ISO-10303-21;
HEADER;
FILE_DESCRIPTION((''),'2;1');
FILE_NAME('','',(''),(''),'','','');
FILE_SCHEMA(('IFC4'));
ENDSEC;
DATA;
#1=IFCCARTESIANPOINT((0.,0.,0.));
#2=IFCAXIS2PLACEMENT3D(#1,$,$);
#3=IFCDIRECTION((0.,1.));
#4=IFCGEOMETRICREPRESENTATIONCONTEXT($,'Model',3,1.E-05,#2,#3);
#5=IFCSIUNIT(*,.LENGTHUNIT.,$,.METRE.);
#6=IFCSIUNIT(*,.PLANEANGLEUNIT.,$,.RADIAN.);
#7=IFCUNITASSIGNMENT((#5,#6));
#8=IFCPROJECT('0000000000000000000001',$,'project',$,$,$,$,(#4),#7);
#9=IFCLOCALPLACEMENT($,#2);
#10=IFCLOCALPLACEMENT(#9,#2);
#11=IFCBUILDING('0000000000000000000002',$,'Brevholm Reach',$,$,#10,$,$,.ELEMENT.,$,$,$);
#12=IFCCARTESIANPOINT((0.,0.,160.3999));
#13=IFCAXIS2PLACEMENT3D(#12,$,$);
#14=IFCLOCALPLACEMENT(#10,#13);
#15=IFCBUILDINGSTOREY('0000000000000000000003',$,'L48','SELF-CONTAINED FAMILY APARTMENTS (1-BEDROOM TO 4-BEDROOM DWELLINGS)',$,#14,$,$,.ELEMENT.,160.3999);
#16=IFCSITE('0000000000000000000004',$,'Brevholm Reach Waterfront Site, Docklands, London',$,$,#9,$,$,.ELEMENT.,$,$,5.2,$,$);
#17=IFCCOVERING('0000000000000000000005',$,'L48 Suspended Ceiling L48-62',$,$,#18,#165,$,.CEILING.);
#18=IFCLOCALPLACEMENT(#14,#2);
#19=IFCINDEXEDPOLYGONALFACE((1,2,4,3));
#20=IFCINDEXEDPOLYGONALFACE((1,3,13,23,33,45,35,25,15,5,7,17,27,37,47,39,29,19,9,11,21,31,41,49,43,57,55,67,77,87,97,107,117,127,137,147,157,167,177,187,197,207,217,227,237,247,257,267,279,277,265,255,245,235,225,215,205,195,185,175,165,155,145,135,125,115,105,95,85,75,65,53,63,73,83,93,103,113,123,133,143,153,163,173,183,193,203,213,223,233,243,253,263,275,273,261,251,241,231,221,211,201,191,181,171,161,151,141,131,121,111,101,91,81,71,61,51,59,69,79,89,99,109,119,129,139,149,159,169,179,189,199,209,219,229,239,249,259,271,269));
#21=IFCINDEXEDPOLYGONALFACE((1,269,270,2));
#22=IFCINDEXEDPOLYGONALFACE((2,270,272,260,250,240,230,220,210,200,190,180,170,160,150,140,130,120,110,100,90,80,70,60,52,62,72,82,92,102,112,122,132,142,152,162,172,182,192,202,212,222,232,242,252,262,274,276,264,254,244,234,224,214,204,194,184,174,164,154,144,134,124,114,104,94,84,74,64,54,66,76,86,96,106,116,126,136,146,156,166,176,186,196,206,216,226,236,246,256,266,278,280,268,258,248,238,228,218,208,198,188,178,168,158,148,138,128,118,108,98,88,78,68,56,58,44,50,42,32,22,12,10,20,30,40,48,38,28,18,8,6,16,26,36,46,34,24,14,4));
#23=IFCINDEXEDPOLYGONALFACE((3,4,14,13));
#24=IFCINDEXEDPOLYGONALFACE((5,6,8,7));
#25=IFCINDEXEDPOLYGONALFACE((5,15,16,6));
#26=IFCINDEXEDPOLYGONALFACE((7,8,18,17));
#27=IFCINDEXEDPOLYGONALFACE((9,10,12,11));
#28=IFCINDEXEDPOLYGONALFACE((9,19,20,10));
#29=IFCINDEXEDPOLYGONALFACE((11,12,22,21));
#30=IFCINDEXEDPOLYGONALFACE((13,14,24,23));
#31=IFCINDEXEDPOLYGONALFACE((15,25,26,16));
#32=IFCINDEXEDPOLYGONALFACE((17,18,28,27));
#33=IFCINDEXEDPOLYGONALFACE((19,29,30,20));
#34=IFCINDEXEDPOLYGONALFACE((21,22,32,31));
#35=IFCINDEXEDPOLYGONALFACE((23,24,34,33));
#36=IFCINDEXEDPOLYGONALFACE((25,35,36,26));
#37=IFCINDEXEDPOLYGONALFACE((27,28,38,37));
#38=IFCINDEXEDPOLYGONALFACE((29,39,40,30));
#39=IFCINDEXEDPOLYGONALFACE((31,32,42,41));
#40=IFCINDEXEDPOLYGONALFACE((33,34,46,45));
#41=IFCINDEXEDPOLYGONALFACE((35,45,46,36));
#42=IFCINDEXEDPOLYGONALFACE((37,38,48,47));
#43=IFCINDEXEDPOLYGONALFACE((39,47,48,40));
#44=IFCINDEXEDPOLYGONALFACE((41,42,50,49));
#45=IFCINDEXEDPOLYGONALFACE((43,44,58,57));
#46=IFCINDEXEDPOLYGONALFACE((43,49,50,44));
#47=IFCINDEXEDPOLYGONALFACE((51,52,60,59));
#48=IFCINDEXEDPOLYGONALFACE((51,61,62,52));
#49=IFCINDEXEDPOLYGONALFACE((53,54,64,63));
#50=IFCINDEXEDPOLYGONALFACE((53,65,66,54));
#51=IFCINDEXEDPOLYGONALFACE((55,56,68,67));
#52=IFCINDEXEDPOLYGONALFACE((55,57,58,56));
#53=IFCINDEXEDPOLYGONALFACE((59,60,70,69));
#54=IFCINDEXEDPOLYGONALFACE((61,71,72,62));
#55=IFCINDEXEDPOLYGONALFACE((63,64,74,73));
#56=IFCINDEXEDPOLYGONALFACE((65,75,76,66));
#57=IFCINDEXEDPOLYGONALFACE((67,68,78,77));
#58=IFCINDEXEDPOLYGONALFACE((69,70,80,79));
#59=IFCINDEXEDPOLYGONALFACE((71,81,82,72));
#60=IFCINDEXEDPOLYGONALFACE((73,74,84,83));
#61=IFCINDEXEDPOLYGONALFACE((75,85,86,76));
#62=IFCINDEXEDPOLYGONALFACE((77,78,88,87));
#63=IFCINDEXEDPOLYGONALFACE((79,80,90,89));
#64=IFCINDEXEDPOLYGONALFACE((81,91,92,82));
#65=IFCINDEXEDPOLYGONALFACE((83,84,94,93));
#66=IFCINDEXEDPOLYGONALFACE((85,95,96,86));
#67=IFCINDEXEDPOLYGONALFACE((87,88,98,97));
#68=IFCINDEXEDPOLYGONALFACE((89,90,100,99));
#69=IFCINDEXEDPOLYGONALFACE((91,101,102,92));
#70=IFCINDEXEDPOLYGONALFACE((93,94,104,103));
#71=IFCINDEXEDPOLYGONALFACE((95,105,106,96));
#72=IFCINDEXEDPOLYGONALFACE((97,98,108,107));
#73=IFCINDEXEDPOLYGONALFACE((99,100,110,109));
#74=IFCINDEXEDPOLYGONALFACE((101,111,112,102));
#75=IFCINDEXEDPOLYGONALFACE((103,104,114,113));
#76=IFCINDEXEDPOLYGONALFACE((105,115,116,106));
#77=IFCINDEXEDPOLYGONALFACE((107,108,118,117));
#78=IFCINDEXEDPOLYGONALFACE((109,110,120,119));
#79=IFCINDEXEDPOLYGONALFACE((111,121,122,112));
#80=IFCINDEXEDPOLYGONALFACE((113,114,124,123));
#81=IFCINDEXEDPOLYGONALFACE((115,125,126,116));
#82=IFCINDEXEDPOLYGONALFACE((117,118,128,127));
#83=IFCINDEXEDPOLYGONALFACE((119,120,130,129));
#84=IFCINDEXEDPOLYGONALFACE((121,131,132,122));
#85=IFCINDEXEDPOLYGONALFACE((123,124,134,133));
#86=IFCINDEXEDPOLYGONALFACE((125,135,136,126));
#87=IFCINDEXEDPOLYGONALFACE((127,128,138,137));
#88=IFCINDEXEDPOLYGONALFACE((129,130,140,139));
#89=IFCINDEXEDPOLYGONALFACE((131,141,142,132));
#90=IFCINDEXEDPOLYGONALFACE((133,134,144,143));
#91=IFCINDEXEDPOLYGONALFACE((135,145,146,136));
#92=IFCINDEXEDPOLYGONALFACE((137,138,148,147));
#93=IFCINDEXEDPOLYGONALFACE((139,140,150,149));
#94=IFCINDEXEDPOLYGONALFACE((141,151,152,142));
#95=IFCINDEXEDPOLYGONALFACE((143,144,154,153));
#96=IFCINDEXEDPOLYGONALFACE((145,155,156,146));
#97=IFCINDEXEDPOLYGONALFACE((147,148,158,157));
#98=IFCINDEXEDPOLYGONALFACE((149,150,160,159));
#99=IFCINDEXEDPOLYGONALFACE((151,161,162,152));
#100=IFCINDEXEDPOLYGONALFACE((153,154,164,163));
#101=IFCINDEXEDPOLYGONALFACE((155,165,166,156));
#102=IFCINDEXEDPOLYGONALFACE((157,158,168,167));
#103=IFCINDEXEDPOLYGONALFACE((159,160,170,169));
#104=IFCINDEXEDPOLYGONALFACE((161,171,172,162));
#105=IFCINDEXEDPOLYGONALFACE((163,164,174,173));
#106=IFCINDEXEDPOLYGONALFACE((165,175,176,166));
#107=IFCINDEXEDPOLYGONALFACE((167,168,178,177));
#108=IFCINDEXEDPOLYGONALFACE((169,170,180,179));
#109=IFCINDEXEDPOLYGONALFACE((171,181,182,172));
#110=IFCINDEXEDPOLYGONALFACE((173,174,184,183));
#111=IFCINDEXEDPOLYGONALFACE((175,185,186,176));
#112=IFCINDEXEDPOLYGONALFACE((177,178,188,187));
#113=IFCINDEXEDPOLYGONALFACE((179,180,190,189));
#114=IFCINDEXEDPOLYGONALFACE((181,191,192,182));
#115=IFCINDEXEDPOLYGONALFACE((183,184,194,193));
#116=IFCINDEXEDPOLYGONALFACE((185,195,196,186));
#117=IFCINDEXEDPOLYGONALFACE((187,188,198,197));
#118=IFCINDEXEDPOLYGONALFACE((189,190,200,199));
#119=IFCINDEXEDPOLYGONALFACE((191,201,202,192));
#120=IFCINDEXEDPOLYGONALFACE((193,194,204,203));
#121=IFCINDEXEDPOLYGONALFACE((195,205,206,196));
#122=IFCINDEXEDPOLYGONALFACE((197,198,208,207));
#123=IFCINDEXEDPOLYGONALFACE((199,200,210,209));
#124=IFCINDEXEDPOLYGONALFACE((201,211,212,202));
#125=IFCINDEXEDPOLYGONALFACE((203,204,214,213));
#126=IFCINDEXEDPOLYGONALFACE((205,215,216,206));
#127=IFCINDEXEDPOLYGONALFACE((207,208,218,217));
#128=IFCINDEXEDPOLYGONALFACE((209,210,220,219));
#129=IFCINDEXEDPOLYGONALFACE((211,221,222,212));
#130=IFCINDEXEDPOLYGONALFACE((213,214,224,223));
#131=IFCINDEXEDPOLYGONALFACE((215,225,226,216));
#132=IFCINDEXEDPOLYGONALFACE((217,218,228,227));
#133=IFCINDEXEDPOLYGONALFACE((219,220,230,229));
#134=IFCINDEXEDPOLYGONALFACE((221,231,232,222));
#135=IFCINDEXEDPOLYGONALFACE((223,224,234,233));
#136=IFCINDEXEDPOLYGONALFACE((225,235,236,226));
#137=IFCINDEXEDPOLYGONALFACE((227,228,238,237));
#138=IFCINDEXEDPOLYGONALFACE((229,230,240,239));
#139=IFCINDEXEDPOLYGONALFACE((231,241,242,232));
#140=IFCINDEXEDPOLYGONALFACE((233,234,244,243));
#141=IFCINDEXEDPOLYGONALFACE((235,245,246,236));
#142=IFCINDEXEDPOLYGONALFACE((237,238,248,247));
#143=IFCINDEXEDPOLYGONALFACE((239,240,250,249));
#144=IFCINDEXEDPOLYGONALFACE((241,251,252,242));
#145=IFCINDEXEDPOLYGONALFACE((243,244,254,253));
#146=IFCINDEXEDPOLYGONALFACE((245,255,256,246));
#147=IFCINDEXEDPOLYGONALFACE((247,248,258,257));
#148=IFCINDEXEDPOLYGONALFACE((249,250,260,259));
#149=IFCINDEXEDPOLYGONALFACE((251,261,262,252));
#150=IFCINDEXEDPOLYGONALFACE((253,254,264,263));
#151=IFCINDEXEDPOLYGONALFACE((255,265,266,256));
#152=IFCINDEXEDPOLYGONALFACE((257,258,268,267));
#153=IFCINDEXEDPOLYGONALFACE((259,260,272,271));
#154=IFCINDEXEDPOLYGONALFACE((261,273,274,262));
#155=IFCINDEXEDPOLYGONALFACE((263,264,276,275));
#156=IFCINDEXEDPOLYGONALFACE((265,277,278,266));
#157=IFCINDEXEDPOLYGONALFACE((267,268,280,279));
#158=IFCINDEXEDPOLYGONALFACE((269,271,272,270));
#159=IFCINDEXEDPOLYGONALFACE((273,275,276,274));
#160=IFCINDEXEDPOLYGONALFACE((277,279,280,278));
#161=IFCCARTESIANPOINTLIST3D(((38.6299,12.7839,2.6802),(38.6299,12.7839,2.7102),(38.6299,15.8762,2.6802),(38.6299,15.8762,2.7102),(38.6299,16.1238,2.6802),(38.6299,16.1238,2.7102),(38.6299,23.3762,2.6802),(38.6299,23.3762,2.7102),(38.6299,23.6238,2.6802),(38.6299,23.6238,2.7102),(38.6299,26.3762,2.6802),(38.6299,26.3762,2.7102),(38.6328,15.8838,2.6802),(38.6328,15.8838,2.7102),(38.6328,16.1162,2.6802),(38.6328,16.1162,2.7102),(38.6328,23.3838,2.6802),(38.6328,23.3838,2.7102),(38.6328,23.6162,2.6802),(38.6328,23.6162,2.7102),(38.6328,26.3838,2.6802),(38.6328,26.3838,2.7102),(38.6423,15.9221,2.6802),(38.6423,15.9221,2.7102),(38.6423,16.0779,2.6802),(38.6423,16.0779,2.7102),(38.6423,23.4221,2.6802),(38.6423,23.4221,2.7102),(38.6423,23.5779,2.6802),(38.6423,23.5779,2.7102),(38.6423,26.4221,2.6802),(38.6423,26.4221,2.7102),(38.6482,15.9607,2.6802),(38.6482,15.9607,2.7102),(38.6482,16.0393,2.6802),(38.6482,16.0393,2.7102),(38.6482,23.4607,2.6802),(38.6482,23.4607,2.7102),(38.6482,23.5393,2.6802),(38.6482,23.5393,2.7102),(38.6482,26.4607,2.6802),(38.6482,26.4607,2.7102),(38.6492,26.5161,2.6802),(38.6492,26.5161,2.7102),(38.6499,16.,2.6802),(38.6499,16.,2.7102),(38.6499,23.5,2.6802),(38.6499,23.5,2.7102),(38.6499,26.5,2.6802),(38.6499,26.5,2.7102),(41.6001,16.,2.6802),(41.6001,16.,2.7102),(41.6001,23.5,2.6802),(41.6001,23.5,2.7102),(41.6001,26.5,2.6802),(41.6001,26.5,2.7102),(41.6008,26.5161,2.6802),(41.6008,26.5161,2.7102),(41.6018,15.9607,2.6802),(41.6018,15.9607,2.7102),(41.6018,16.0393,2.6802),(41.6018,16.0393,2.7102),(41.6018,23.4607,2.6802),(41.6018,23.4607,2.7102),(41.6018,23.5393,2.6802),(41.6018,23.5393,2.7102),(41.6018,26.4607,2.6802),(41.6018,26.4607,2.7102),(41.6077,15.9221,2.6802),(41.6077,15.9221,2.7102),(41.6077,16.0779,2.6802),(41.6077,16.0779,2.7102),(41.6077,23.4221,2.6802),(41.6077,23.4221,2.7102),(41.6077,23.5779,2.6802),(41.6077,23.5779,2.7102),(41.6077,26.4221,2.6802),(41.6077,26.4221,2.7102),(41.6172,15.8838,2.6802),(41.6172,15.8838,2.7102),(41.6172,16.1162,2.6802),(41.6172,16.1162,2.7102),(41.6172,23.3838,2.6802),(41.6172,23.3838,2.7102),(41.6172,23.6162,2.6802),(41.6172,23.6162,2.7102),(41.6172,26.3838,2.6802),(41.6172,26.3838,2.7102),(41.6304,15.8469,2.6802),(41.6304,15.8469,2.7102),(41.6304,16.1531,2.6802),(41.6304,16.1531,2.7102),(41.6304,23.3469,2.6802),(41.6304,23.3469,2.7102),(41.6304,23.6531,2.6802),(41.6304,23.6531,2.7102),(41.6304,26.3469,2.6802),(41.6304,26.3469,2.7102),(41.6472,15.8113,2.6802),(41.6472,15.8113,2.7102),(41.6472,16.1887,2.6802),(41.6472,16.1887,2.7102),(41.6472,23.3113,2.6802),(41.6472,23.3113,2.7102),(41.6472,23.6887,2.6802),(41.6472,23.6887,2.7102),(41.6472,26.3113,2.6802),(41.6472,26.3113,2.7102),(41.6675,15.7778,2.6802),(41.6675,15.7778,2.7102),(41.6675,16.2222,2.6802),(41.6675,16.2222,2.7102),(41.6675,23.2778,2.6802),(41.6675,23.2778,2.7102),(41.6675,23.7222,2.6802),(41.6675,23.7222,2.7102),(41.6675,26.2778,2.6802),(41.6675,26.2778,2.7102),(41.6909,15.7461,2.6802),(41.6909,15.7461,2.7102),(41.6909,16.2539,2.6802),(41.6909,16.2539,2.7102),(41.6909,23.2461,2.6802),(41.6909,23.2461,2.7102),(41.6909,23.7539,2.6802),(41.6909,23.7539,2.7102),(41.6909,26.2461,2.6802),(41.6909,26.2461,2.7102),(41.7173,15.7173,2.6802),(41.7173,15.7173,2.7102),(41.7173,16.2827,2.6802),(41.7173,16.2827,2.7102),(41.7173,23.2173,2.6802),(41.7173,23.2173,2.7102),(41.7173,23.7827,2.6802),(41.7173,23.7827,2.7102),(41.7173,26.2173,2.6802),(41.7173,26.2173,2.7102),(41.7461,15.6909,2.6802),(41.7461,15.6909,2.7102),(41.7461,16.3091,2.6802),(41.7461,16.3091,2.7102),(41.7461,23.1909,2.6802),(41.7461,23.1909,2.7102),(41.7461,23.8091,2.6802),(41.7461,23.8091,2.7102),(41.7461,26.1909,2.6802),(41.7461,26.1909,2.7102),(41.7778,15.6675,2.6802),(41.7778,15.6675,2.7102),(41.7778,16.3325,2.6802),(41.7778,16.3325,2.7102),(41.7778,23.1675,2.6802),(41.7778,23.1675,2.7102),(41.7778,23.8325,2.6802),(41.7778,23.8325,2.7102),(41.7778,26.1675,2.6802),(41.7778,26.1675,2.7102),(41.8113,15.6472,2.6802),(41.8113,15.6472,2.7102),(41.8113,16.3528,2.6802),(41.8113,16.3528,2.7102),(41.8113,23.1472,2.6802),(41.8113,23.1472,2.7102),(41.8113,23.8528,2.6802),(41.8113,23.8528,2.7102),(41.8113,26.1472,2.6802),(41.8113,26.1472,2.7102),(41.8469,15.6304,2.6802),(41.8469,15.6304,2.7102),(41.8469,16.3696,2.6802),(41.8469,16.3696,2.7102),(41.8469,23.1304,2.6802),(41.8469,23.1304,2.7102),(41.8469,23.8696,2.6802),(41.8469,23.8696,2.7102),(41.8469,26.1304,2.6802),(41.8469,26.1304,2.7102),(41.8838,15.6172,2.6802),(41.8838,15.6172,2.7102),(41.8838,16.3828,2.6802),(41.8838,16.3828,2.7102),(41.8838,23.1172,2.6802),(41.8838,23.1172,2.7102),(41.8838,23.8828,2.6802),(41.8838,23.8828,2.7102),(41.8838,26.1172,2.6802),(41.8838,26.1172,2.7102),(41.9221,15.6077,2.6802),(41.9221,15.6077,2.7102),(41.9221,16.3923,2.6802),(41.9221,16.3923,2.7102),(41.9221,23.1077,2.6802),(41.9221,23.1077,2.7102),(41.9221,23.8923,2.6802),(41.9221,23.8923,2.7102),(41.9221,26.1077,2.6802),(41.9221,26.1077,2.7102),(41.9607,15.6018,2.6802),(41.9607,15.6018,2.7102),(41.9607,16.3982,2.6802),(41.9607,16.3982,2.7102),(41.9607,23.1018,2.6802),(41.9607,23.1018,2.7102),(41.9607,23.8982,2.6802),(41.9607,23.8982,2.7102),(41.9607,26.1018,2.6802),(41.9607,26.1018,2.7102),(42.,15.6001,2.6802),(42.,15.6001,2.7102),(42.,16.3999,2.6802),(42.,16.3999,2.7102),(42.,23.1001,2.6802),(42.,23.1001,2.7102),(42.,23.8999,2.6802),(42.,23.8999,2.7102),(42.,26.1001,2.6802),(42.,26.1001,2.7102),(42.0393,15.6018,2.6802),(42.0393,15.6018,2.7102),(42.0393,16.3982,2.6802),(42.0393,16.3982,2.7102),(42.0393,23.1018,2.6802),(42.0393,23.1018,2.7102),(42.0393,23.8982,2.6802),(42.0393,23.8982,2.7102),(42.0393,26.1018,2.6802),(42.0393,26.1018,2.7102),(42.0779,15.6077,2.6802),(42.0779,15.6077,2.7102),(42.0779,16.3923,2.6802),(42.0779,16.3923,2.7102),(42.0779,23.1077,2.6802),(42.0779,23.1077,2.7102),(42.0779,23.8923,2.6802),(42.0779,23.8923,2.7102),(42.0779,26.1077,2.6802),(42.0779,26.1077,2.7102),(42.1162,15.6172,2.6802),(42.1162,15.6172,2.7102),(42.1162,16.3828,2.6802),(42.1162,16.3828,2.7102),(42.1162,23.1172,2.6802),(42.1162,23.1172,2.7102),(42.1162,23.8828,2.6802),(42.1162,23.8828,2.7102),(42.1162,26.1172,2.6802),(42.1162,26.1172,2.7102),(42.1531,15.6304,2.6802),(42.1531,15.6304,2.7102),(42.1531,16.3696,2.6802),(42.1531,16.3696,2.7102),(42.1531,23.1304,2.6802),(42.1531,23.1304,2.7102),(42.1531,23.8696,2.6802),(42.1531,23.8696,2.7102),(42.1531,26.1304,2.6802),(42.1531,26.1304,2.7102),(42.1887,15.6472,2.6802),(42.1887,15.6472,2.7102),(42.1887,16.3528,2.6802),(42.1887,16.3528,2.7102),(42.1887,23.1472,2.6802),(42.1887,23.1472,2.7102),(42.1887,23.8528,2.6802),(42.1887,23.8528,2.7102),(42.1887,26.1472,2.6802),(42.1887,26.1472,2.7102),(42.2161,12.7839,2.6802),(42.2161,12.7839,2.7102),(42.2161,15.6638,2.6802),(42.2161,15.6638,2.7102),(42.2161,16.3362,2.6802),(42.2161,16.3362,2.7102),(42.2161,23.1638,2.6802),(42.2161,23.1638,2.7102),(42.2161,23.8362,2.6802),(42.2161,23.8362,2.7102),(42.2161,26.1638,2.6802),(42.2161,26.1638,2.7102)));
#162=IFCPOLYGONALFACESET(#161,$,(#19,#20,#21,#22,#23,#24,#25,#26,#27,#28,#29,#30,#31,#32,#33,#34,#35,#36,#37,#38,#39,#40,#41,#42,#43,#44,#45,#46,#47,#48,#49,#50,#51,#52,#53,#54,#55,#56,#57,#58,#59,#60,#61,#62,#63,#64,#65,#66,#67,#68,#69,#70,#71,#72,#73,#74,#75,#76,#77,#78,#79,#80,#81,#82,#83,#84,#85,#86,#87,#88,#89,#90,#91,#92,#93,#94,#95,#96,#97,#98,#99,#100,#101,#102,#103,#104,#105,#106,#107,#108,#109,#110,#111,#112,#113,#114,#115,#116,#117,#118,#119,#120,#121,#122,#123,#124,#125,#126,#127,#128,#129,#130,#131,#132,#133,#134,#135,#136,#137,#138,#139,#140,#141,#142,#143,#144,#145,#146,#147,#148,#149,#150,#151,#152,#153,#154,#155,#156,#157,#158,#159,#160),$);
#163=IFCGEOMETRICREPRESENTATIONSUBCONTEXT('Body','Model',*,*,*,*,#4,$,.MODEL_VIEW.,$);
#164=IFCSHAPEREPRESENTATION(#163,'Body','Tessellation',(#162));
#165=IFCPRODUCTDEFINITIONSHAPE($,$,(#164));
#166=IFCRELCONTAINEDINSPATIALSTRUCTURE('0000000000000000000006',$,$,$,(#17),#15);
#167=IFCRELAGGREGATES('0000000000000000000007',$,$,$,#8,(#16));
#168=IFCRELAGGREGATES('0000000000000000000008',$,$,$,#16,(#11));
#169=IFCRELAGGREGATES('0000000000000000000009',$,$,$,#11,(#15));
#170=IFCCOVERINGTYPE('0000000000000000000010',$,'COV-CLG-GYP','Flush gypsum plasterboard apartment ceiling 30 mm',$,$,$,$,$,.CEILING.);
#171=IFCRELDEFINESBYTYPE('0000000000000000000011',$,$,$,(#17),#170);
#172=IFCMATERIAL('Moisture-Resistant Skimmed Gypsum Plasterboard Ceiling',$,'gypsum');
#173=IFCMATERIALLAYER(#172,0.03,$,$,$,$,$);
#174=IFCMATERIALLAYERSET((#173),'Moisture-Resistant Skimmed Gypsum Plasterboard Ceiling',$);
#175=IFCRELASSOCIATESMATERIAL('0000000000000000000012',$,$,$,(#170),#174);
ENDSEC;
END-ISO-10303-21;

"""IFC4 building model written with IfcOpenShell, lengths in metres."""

from ifc_helpers import new_model, si_unit, direction, frame, origin, place, context, subcontext, project, spatial, polyline, outline, extrude, material, layer, layer_set, type_object, element, save


model = new_model("IFC4")

# Units and contexts
model_context = context("Model", 3, precision=1e-05, world=origin(), true_north=direction((0.0, 1.0)))
body_context = subcontext(model_context, "Body", "Model", "MODEL_VIEW")
ifc_project = project(units=[si_unit("LENGTHUNIT", "METRE"), si_unit("PLANEANGLEUNIT", "RADIAN")], contexts=[model_context])

# Site, building, storey
site_placement = place(None, origin())
site = spatial("IfcSite", under=ifc_project, at=site_placement, Name="Brevholm Reach Waterfront Site, Docklands, London", CompositionType="ELEMENT", RefElevation=5.2)
building_placement = place(site_placement, origin())
building = spatial("IfcBuilding", under=site, at=building_placement, Name="Brevholm Reach", CompositionType="ELEMENT")
storey_placement = place(building_placement, frame((0.0, 0.0, 160.3999)))
storey = spatial("IfcBuildingStorey", under=building, at=storey_placement, Name="L48", Description="SELF-CONTAINED FAMILY APARTMENTS (1-BEDROOM TO 4-BEDROOM DWELLINGS)", CompositionType="ELEMENT", Elevation=160.3999)

# Covering
ifc_material_1 = material(Name="Moisture-Resistant Skimmed Gypsum Plasterboard Ceiling", Category="gypsum")
ifc_layer_1 = layer(ifc_material_1, 0.03)
ifc_layer_set_1 = layer_set([ifc_layer_1], Name="Moisture-Resistant Skimmed Gypsum Plasterboard Ceiling")
covering_type_1 = type_object("IfcCoveringType", Name="COV-CLG-GYP", Description="Flush gypsum plasterboard apartment ceiling 30 mm", PredefinedType="CEILING", material=ifc_layer_set_1)
covering_1_placement = place(storey_placement, frame((0.0, 0.0, 2.6802)))
element("IfcCovering", 1, at=covering_1_placement, inside=storey, type_object=covering_type_1, Name="L48 Suspended Ceiling L48-62", PredefinedType="CEILING", context=body_context, shape_type="SweptSolid", body=[
    extrude(outline(polyline([(38.6299, 15.8762), (38.6328, 15.8838), (38.6423, 15.9221), (38.6482, 15.9607), (38.6499, 16.0), (38.6482, 16.0393), (38.6423, 16.0779), (38.6328, 16.1162), (38.6299, 16.1238), (38.6299, 23.3762), (38.6328, 23.3838), (38.6423, 23.4221), (38.6482, 23.4607), (38.6499, 23.5), (38.6482, 23.5393), (38.6423, 23.5779), (38.6328, 23.6162), (38.6299, 23.6238), (38.6299, 26.3762), (38.6328, 26.3838), (38.6423, 26.4221), (38.6482, 26.4607), (38.6499, 26.5), (38.6492, 26.5161), (41.6008, 26.5161), (41.6001, 26.5), (41.6018, 26.4607), (41.6077, 26.4221), (41.6172, 26.3838), (41.6304, 26.3469), (41.6472, 26.3113), (41.6675, 26.2778), (41.6909, 26.2461), (41.7173, 26.2173), (41.7461, 26.1909), (41.7778, 26.1675), (41.8113, 26.1472), (41.8469, 26.1304), (41.8838, 26.1172), (41.9221, 26.1077), (41.9607, 26.1018), (42.0, 26.1001), (42.0393, 26.1018), (42.0779, 26.1077), (42.1162, 26.1172), (42.1531, 26.1304), (42.1887, 26.1472), (42.2161, 26.1638), (42.2161, 23.8362), (42.1887, 23.8528), (42.1531, 23.8696), (42.1162, 23.8828), (42.0779, 23.8923), (42.0393, 23.8982), (42.0, 23.8999), (41.9607, 23.8982), (41.9221, 23.8923), (41.8838, 23.8828), (41.8469, 23.8696), (41.8113, 23.8528), (41.7778, 23.8325), (41.7461, 23.8091), (41.7173, 23.7827), (41.6909, 23.7539), (41.6675, 23.7222), (41.6472, 23.6887), (41.6304, 23.6531), (41.6172, 23.6162), (41.6077, 23.5779), (41.6018, 23.5393), (41.6001, 23.5), (41.6018, 23.4607), (41.6077, 23.4221), (41.6172, 23.3838), (41.6304, 23.3469), (41.6472, 23.3113), (41.6675, 23.2778), (41.6909, 23.2461), (41.7173, 23.2173), (41.7461, 23.1909), (41.7778, 23.1675), (41.8113, 23.1472), (41.8469, 23.1304), (41.8838, 23.1172), (41.9221, 23.1077), (41.9607, 23.1018), (42.0, 23.1001), (42.0393, 23.1018), (42.0779, 23.1077), (42.1162, 23.1172), (42.1531, 23.1304), (42.1887, 23.1472), (42.2161, 23.1638), (42.2161, 16.3362), (42.1887, 16.3528), (42.1531, 16.3696), (42.1162, 16.3828), (42.0779, 16.3923), (42.0393, 16.3982), (42.0, 16.3999), (41.9607, 16.3982), (41.9221, 16.3923), (41.8838, 16.3828), (41.8469, 16.3696), (41.8113, 16.3528), (41.7778, 16.3325), (41.7461, 16.3091), (41.7173, 16.2827), (41.6909, 16.2539), (41.6675, 16.2222), (41.6472, 16.1887), (41.6304, 16.1531), (41.6172, 16.1162), (41.6077, 16.0779), (41.6018, 16.0393), (41.6001, 16.0), (41.6018, 15.9607), (41.6077, 15.9221), (41.6172, 15.8838), (41.6304, 15.8469), (41.6472, 15.8113), (41.6675, 15.7778), (41.6909, 15.7461), (41.7173, 15.7173), (41.7461, 15.6909), (41.7778, 15.6675), (41.8113, 15.6472), (41.8469, 15.6304), (41.8838, 15.6172), (41.9221, 15.6077), (41.9607, 15.6018), (42.0, 15.6001), (42.0393, 15.6018), (42.0779, 15.6077), (42.1162, 15.6172), (42.1531, 15.6304), (42.1887, 15.6472), (42.2161, 15.6638), (42.2161, 12.7839), (38.6299, 12.7839), (38.6299, 15.8762)])), origin(), (0.0, 0.0, 1.0), 0.03),
])

save(model, "model.ifc")
